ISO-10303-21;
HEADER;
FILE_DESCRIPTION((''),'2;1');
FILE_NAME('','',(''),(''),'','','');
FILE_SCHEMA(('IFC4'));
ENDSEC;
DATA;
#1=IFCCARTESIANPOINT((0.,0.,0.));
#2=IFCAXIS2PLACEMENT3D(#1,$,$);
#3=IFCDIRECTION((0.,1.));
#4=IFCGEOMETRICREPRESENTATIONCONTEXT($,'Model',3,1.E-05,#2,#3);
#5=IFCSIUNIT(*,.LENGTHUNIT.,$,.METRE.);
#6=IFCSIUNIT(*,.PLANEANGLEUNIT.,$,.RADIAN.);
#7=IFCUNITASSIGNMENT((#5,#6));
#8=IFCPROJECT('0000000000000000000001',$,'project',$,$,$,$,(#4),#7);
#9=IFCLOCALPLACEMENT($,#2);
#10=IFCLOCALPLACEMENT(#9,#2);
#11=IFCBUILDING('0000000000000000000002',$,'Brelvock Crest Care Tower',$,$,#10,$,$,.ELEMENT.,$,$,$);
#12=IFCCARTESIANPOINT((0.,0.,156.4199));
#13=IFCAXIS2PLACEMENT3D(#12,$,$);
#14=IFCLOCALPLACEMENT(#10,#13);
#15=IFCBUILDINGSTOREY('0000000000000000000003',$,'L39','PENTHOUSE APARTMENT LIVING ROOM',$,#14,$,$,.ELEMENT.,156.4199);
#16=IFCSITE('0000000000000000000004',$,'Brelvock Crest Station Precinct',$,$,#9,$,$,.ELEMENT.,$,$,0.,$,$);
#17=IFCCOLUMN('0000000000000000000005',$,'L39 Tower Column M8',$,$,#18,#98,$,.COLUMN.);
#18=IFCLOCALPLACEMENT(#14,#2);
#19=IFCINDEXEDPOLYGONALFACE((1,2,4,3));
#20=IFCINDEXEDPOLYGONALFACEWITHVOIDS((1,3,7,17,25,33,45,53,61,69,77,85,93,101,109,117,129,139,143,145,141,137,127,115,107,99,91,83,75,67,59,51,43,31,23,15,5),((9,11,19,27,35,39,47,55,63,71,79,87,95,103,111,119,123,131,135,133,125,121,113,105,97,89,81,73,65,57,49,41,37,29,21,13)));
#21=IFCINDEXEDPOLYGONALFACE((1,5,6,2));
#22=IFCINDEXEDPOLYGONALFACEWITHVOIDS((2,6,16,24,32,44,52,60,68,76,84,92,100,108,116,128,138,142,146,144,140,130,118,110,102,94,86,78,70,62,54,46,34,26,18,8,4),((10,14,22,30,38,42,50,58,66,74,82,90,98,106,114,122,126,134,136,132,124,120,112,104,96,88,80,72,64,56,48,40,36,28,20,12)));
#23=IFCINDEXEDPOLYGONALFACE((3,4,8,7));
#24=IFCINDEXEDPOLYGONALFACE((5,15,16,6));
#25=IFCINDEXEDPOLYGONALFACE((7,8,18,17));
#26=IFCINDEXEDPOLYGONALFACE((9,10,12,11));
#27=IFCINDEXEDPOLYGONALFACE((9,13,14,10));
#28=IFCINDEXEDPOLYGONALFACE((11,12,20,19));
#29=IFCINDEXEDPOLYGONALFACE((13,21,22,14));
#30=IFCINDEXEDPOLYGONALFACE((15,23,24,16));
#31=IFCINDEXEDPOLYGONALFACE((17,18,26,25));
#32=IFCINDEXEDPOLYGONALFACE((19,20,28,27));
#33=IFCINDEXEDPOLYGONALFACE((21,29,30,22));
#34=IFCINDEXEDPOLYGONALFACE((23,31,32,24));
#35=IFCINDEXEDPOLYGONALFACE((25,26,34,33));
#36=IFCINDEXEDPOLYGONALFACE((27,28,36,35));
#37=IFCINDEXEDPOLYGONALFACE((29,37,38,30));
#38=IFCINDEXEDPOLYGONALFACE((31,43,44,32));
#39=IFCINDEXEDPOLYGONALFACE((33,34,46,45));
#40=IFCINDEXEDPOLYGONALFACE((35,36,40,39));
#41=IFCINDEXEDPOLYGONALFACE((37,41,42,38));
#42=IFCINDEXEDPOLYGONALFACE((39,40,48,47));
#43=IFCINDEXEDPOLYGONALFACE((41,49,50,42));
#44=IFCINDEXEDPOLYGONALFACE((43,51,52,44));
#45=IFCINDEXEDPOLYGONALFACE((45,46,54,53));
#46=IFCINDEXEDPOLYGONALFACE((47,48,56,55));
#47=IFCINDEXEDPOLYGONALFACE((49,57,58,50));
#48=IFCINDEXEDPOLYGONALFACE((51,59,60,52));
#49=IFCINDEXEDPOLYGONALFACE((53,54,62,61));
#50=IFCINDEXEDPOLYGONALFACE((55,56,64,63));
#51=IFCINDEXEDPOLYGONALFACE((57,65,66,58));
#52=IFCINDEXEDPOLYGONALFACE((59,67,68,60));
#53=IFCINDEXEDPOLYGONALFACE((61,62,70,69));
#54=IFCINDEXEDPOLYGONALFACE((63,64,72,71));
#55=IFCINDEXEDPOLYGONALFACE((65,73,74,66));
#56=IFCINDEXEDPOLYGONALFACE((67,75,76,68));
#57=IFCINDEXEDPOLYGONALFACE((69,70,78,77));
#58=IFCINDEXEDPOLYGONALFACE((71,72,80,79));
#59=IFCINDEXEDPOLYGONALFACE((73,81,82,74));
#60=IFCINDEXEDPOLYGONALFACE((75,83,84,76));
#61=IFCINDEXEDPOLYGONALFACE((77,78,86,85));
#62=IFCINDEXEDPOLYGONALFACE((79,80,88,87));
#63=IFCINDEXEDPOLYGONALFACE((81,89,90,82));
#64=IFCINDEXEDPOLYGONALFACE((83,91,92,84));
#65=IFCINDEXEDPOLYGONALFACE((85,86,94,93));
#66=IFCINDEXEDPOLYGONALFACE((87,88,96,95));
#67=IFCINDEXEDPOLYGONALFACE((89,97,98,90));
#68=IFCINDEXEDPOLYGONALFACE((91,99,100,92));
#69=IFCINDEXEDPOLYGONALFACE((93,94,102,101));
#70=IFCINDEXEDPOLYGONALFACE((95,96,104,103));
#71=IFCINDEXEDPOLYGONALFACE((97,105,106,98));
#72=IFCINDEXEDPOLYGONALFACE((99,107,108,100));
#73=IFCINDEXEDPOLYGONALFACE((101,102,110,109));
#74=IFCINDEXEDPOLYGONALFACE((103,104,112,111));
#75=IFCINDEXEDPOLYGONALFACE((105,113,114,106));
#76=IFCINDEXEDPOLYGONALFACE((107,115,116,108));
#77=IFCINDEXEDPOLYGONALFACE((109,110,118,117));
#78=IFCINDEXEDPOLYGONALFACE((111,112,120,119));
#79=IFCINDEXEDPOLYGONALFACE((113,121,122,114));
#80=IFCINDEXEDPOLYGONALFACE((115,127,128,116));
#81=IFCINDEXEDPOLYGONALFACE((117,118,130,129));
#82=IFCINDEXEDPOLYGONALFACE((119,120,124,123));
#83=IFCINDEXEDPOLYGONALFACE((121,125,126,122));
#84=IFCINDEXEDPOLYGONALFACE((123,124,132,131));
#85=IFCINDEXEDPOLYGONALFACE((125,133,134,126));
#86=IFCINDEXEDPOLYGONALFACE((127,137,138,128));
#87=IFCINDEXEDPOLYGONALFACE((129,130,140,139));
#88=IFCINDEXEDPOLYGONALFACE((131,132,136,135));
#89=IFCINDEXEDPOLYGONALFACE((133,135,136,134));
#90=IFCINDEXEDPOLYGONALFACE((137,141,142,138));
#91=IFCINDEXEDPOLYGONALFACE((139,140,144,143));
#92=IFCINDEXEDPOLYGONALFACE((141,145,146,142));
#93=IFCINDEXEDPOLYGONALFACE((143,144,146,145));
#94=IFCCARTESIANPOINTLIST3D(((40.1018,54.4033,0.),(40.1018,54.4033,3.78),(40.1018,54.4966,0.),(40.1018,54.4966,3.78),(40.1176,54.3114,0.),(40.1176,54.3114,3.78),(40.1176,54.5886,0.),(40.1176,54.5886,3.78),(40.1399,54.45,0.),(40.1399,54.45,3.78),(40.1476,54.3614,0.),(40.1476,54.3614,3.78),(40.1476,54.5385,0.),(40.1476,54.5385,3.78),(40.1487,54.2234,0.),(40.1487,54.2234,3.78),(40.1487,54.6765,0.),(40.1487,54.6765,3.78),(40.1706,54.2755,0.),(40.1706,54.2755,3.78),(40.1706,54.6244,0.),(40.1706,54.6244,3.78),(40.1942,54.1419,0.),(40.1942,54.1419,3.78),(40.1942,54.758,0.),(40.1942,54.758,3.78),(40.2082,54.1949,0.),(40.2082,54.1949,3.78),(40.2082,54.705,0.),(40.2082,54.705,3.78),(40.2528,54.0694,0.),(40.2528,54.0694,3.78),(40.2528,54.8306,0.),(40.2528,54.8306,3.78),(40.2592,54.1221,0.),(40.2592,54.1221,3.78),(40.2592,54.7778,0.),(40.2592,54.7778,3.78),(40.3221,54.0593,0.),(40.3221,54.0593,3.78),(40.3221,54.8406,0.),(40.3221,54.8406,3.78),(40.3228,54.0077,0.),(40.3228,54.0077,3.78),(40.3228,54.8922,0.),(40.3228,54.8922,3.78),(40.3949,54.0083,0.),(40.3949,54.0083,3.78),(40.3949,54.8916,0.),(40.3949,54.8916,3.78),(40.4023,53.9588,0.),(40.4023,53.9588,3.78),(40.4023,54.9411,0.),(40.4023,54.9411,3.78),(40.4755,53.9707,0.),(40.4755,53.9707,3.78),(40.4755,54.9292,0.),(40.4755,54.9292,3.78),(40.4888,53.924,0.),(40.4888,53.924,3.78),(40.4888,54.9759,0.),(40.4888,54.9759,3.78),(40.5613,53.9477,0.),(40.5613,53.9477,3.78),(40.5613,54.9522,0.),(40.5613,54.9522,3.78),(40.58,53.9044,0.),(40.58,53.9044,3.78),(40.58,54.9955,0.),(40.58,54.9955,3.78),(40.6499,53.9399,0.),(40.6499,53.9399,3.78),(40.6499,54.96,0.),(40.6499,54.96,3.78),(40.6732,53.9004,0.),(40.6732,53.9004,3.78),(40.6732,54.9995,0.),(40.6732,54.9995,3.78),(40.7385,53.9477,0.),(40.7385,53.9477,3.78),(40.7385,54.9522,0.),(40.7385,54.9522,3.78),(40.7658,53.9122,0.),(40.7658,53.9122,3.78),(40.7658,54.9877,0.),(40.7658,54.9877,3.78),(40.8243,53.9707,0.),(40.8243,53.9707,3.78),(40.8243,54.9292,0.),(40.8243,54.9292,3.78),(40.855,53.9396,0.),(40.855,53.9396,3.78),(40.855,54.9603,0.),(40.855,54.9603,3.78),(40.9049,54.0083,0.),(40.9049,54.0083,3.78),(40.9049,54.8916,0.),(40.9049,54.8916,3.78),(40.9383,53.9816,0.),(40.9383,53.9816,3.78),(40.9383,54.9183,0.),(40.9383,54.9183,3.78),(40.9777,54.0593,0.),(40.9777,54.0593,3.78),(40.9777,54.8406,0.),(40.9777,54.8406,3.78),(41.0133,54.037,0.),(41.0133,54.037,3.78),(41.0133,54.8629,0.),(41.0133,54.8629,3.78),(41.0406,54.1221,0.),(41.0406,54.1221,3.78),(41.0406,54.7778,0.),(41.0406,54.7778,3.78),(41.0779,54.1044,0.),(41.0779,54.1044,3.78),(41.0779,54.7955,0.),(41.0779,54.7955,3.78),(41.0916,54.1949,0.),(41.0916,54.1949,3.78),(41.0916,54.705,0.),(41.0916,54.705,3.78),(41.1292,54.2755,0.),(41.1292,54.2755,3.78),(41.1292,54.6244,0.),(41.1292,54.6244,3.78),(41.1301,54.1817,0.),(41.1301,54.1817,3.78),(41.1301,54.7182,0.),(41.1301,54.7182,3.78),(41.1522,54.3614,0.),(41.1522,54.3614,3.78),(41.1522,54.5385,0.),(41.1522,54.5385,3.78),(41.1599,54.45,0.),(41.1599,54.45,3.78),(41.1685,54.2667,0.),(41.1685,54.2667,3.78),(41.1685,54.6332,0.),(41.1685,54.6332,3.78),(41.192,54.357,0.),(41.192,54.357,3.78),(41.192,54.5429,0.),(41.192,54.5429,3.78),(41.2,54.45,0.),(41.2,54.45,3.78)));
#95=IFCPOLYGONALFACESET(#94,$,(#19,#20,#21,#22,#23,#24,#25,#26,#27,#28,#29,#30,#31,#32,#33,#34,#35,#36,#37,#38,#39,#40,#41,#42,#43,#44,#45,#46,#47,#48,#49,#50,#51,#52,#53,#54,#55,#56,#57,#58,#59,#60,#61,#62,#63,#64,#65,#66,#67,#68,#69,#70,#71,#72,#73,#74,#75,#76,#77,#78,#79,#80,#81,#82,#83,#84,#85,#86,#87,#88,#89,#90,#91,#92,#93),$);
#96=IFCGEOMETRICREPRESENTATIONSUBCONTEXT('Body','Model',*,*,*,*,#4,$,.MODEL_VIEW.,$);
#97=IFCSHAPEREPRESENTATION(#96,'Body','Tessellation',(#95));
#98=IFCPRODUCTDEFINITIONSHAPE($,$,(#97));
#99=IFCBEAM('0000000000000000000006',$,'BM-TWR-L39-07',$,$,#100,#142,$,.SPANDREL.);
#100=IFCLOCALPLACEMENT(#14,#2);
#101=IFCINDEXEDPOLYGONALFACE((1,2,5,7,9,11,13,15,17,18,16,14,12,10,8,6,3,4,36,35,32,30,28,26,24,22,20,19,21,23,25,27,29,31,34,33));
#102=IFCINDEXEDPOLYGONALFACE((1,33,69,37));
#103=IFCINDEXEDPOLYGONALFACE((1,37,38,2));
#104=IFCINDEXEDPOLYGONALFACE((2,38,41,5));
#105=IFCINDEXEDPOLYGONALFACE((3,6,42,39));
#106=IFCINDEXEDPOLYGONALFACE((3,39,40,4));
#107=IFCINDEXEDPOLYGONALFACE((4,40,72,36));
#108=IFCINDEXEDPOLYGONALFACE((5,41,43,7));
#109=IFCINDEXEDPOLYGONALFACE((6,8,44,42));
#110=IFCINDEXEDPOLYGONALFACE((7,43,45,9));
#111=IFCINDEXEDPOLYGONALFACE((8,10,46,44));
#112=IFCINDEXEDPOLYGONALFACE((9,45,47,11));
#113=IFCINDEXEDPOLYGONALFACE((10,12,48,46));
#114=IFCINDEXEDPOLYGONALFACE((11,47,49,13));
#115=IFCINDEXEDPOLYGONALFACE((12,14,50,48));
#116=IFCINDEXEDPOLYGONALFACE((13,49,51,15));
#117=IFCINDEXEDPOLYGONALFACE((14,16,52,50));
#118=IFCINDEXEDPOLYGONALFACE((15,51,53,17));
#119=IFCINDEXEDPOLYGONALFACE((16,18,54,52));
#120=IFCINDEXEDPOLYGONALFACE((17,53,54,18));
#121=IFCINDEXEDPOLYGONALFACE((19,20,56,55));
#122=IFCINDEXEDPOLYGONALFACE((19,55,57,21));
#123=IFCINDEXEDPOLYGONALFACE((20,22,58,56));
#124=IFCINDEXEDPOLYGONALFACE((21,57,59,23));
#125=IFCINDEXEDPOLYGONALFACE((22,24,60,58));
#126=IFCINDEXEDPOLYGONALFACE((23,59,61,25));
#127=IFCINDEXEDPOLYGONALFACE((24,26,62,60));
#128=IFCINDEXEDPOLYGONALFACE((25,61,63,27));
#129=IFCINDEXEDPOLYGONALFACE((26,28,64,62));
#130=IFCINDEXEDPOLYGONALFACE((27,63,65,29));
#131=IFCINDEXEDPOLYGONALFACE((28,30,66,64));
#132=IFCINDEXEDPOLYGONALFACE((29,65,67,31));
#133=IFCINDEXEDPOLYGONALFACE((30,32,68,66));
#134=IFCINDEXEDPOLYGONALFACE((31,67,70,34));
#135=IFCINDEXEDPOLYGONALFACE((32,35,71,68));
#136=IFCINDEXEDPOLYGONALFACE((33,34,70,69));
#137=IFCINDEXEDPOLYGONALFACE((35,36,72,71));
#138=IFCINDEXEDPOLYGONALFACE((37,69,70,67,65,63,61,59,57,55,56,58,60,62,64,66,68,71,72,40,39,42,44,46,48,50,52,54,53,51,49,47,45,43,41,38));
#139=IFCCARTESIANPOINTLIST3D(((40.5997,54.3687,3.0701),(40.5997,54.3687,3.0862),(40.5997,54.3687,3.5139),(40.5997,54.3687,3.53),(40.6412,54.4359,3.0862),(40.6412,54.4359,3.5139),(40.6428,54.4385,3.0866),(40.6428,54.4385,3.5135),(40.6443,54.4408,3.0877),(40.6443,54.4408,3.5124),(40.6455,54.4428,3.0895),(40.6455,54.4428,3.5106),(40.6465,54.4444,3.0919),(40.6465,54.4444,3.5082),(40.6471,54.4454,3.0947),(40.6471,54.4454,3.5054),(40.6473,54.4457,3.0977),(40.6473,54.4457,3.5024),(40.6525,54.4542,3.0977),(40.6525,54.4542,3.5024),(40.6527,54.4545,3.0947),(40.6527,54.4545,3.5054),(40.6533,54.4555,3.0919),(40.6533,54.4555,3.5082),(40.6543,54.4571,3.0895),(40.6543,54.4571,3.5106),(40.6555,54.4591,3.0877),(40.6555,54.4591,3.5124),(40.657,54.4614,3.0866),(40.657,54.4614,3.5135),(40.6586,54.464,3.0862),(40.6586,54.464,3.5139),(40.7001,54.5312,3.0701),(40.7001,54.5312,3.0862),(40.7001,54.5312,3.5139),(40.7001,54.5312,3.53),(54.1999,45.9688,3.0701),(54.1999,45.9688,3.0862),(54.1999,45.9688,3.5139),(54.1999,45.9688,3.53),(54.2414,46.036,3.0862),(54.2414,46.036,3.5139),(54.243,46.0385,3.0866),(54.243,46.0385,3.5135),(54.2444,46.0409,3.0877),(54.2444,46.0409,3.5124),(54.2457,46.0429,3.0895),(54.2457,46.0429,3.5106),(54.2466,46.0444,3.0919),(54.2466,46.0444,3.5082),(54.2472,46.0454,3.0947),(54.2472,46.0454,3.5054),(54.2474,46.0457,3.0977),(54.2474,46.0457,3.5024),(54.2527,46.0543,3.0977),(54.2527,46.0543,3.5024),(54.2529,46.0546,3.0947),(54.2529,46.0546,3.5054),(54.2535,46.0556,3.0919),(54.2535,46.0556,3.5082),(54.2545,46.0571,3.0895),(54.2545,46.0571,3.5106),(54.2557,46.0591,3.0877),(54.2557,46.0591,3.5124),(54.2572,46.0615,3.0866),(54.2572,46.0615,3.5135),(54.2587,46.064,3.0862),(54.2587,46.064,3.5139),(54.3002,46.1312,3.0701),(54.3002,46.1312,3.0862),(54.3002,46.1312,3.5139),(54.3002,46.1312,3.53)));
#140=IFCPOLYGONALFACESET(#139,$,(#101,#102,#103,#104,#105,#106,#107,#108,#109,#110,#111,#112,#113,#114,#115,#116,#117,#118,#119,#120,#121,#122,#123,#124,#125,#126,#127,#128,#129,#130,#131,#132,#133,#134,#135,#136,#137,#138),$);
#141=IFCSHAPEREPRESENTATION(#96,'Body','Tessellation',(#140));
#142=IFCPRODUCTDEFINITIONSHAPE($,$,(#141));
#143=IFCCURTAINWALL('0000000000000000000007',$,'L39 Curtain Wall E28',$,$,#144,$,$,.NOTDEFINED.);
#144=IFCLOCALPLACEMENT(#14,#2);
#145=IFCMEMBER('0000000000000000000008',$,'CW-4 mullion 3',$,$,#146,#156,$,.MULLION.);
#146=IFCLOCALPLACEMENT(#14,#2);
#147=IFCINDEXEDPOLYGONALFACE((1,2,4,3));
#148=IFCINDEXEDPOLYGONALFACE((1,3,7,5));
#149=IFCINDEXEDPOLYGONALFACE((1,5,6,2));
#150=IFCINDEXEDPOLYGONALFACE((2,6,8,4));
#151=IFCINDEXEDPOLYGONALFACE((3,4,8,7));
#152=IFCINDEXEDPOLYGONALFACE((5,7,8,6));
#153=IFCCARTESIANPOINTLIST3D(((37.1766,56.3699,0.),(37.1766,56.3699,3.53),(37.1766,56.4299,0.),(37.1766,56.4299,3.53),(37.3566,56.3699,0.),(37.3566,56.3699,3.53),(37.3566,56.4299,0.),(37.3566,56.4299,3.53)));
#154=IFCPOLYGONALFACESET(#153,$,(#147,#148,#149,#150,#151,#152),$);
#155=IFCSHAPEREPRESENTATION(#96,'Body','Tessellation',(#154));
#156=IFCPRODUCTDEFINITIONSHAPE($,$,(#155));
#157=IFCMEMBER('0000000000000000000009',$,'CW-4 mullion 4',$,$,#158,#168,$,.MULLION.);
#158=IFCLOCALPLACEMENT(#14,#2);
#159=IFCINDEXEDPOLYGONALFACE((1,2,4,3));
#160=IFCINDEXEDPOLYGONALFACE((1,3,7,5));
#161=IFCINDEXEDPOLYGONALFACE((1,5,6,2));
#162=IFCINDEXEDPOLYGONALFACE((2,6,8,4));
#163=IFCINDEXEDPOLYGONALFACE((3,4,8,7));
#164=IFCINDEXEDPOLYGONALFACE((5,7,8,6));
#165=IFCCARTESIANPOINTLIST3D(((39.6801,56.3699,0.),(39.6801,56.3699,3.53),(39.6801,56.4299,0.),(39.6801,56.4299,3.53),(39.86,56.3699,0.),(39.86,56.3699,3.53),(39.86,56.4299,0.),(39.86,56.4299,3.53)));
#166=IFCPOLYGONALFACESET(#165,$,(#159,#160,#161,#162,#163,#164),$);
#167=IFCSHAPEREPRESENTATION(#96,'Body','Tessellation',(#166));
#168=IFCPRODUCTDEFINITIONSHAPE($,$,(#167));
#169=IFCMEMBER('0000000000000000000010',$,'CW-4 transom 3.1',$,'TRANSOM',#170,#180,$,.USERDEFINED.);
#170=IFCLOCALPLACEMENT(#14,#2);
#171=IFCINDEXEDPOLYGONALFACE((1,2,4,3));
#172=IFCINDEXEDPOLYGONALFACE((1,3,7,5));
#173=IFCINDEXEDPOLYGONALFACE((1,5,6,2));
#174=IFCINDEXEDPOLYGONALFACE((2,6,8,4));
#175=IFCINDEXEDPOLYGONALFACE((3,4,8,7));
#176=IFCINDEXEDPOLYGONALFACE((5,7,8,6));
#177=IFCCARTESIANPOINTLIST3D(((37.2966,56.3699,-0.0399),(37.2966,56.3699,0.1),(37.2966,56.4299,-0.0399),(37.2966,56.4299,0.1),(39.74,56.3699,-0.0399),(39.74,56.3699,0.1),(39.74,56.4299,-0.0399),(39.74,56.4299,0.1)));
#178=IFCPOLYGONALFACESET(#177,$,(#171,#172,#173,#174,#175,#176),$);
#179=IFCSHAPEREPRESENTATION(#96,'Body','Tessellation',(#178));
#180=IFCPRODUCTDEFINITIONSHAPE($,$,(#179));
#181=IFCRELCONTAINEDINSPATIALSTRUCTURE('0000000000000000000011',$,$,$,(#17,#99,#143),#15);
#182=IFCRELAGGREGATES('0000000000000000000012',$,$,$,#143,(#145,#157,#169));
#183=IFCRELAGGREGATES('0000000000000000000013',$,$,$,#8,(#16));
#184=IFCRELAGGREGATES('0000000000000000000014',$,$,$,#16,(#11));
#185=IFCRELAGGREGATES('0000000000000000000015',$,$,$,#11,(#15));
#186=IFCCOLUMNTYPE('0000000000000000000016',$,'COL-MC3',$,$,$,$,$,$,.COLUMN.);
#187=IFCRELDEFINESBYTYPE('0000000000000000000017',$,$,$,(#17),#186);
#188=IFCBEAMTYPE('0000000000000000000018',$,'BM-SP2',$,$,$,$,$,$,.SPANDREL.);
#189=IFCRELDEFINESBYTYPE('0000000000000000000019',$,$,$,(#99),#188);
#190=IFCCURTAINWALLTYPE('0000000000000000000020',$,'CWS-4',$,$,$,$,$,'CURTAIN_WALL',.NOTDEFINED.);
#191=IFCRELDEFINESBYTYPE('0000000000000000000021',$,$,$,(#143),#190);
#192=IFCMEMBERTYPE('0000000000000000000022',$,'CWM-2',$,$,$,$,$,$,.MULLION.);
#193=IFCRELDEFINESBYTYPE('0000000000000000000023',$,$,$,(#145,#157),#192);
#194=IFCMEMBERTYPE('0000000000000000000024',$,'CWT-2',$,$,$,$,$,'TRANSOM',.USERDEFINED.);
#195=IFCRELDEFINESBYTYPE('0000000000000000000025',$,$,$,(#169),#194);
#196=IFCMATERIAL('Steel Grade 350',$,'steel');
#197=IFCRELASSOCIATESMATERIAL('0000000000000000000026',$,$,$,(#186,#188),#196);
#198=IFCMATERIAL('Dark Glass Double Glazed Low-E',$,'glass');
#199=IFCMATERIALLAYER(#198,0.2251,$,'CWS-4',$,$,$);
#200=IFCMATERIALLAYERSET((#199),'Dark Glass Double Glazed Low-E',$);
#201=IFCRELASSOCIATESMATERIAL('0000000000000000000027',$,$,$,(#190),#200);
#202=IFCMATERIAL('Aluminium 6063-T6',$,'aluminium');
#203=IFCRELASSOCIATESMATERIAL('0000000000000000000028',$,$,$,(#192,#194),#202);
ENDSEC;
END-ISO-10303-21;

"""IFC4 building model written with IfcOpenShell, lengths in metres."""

from ifc_helpers import new_model, si_unit, direction, frame, origin, origin_2d, place, context, subcontext, project, spatial, rectangle, hollow_circle, i_section, extrude, source, transform, mapped, material, layer, layer_set, material_profile, profile_set, type_object, element, aggregate, save


model = new_model("IFC4")

# Units and contexts
model_context = context("Model", 3, precision=1e-05, world=origin(), true_north=direction((0.0, 1.0)))
body_context = subcontext(model_context, "Body", "Model", "MODEL_VIEW")
ifc_project = project(units=[si_unit("LENGTHUNIT", "METRE"), si_unit("PLANEANGLEUNIT", "RADIAN")], contexts=[model_context])

# Site, building, storey
site_placement = place(None, origin())
site = spatial("IfcSite", under=ifc_project, at=site_placement, Name="Brelvock Crest Station Precinct", CompositionType="ELEMENT", RefElevation=0.0)
building_placement = place(site_placement, origin())
building = spatial("IfcBuilding", under=site, at=building_placement, Name="Brelvock Crest Care Tower", CompositionType="ELEMENT")
storey_placement = place(building_placement, frame((0.0, 0.0, 156.4199)))
storey = spatial("IfcBuildingStorey", under=building, at=storey_placement, Name="L39", Description="PENTHOUSE APARTMENT LIVING ROOM", CompositionType="ELEMENT", Elevation=156.4199)

# Column
ifc_material_1 = material(Name="Steel Grade 350", Category="steel")
ifc_material_profile_1 = material_profile(ifc_material_1, hollow_circle(Radius=0.55, WallThickness=0.04, at=origin_2d()), Name="CFT1100x40")
ifc_profile_set_1 = profile_set([ifc_material_profile_1], Name="Steel Grade 350")
column_type = type_object("IfcColumnType", Name="COL-MC3", PredefinedType="COLUMN", material=ifc_profile_set_1)
shared_shape_1 = source(origin(), body_context, "Body", "SweptSolid", [
    extrude(hollow_circle(Radius=0.55, WallThickness=0.04, at=origin_2d()), origin(), (0.0, 0.0, 1.0), 3.78),
])
column_placement = place(storey_placement, frame((40.6499, 54.45, 0.0), z_axis=(0.0, 0.0, 1.0), x_axis=(1.0, 0.0, 0.0)))
element("IfcColumn", 1, at=column_placement, inside=storey, type_object=column_type, Name="L39 Tower Column M8", PredefinedType="COLUMN", context=body_context, shape_type="MappedRepresentation", body=[
    mapped(shared_shape_1, transform((0.0, 0.0, 0.0), x_axis=(1.0, 0.0, 0.0), y_axis=(0.0, 1.0, 0.0), z_axis=(0.0, 0.0, 1.0), scale=1.0)),
])

# Beam
ifc_material_profile_2 = material_profile(ifc_material_1, i_section(OverallWidth=0.1909, OverallDepth=0.46, WebThickness=0.01, FlangeThickness=0.0161, FilletRadius=0.0115, at=origin_2d()), Name="460UB82.1")
ifc_profile_set_2 = profile_set([ifc_material_profile_2], Name="Steel Grade 350")
beam_type = type_object("IfcBeamType", Name="BM-SP2", PredefinedType="SPANDREL", material=ifc_profile_set_2)
shared_shape_2 = source(origin(), body_context, "Body", "SweptSolid", [
    extrude(i_section(OverallWidth=0.1909, OverallDepth=0.46, WebThickness=0.01, FlangeThickness=0.0161, FilletRadius=0.0115, at=origin_2d()), origin(), (0.0, 0.0, 1.0), 15.9851),
])
beam_placement = place(storey_placement, frame((40.6499, 54.45, 3.3), z_axis=(0.850802, -0.525486, 0.0), x_axis=(0.525486, 0.850802, 0.0)))
element("IfcBeam", 2, at=beam_placement, inside=storey, type_object=beam_type, Name="BM-TWR-L39-07", PredefinedType="SPANDREL", context=body_context, shape_type="MappedRepresentation", body=[
    mapped(shared_shape_2, transform((0.0, 0.0, 0.0), x_axis=(1.0, 0.0, 0.0), y_axis=(0.0, 1.0, 0.0), z_axis=(0.0, 0.0, 1.0), scale=1.0)),
])

# Curtain wall, members
ifc_material_2 = material(Name="Dark Glass Double Glazed Low-E", Category="glass")
ifc_layer_1 = layer(ifc_material_2, 0.2251, Name="CWS-4")
ifc_layer_set_1 = layer_set([ifc_layer_1], Name="Dark Glass Double Glazed Low-E")
curtain_wall_type = type_object("IfcCurtainWallType", Name="CWS-4", ElementType="CURTAIN_WALL", PredefinedType="NOTDEFINED", material=ifc_layer_set_1)
curtain_wall_placement = place(storey_placement, origin())
curtain_wall = element("IfcCurtainWall", 3, at=curtain_wall_placement, inside=storey, type_object=curtain_wall_type, Name="L39 Curtain Wall E28", PredefinedType="NOTDEFINED")
ifc_material_3 = material(Name="Aluminium 6063-T6", Category="aluminium")
ifc_material_profile_3 = material_profile(ifc_material_3, rectangle(XDim=0.0601, YDim=0.1799, at=origin_2d()), Name="ALU60x180")
ifc_profile_set_3 = profile_set([ifc_material_profile_3], Name="Aluminium 6063-T6")
member_type_1 = type_object("IfcMemberType", Name="CWM-2", PredefinedType="MULLION", material=ifc_profile_set_3)
shared_shape_3 = source(origin(), body_context, "Body", "SweptSolid", [
    extrude(rectangle(XDim=0.0601, YDim=0.1799, at=origin_2d()), origin(), (0.0, 0.0, 1.0), 3.53),
])
member_1_placement = place(storey_placement, frame((37.2666, 56.3999, 0.0), z_axis=(0.0, 0.0, 1.0), x_axis=(0.0, 1.0, 0.0)))
member_1 = element("IfcMember", 4, at=member_1_placement, type_object=member_type_1, Name="CW-4 mullion 3", PredefinedType="MULLION", context=body_context, shape_type="MappedRepresentation", body=[
    mapped(shared_shape_3, transform((0.0, 0.0, 0.0), x_axis=(1.0, 0.0, 0.0), y_axis=(0.0, 1.0, 0.0), z_axis=(0.0, 0.0, 1.0), scale=1.0)),
])
member_2_placement = place(storey_placement, frame((39.77, 56.3999, 0.0), z_axis=(0.0, 0.0, 1.0), x_axis=(0.0, 1.0, 0.0)))
member_2 = element("IfcMember", 5, at=member_2_placement, type_object=member_type_1, Name="CW-4 mullion 4", PredefinedType="MULLION", context=body_context, shape_type="MappedRepresentation", body=[
    mapped(shared_shape_3, transform((0.0, 0.0, 0.0), x_axis=(1.0, 0.0, 0.0), y_axis=(0.0, 1.0, 0.0), z_axis=(0.0, 0.0, 1.0), scale=1.0)),
])
ifc_material_profile_4 = material_profile(ifc_material_3, rectangle(XDim=0.0601, YDim=0.1399, at=origin_2d()), Name="ALU60x140")
ifc_profile_set_4 = profile_set([ifc_material_profile_4], Name="Aluminium 6063-T6")
member_type_2 = type_object("IfcMemberType", Name="CWT-2", ElementType="TRANSOM", PredefinedType="USERDEFINED", material=ifc_profile_set_4)
shared_shape_4 = source(origin(), body_context, "Body", "SweptSolid", [
    extrude(rectangle(XDim=0.0601, YDim=0.1399, at=origin_2d()), origin(), (0.0, 0.0, 1.0), 2.4434),
])
member_3_placement = place(storey_placement, frame((37.2966, 56.3999, 0.03), z_axis=(1.0, 0.0, 0.0), x_axis=(0.0, 1.0, 0.0)))
member_3 = element("IfcMember", 6, at=member_3_placement, type_object=member_type_2, Name="CW-4 transom 3.1", ObjectType="TRANSOM", PredefinedType="USERDEFINED", context=body_context, shape_type="MappedRepresentation", body=[
    mapped(shared_shape_4, transform((0.0, 0.0, 0.0), x_axis=(1.0, 0.0, 0.0), y_axis=(0.0, 1.0, 0.0), z_axis=(0.0, 0.0, 1.0), scale=1.0)),
])
aggregate(curtain_wall, [member_1, member_2, member_3])

save(model, "model.ifc")
